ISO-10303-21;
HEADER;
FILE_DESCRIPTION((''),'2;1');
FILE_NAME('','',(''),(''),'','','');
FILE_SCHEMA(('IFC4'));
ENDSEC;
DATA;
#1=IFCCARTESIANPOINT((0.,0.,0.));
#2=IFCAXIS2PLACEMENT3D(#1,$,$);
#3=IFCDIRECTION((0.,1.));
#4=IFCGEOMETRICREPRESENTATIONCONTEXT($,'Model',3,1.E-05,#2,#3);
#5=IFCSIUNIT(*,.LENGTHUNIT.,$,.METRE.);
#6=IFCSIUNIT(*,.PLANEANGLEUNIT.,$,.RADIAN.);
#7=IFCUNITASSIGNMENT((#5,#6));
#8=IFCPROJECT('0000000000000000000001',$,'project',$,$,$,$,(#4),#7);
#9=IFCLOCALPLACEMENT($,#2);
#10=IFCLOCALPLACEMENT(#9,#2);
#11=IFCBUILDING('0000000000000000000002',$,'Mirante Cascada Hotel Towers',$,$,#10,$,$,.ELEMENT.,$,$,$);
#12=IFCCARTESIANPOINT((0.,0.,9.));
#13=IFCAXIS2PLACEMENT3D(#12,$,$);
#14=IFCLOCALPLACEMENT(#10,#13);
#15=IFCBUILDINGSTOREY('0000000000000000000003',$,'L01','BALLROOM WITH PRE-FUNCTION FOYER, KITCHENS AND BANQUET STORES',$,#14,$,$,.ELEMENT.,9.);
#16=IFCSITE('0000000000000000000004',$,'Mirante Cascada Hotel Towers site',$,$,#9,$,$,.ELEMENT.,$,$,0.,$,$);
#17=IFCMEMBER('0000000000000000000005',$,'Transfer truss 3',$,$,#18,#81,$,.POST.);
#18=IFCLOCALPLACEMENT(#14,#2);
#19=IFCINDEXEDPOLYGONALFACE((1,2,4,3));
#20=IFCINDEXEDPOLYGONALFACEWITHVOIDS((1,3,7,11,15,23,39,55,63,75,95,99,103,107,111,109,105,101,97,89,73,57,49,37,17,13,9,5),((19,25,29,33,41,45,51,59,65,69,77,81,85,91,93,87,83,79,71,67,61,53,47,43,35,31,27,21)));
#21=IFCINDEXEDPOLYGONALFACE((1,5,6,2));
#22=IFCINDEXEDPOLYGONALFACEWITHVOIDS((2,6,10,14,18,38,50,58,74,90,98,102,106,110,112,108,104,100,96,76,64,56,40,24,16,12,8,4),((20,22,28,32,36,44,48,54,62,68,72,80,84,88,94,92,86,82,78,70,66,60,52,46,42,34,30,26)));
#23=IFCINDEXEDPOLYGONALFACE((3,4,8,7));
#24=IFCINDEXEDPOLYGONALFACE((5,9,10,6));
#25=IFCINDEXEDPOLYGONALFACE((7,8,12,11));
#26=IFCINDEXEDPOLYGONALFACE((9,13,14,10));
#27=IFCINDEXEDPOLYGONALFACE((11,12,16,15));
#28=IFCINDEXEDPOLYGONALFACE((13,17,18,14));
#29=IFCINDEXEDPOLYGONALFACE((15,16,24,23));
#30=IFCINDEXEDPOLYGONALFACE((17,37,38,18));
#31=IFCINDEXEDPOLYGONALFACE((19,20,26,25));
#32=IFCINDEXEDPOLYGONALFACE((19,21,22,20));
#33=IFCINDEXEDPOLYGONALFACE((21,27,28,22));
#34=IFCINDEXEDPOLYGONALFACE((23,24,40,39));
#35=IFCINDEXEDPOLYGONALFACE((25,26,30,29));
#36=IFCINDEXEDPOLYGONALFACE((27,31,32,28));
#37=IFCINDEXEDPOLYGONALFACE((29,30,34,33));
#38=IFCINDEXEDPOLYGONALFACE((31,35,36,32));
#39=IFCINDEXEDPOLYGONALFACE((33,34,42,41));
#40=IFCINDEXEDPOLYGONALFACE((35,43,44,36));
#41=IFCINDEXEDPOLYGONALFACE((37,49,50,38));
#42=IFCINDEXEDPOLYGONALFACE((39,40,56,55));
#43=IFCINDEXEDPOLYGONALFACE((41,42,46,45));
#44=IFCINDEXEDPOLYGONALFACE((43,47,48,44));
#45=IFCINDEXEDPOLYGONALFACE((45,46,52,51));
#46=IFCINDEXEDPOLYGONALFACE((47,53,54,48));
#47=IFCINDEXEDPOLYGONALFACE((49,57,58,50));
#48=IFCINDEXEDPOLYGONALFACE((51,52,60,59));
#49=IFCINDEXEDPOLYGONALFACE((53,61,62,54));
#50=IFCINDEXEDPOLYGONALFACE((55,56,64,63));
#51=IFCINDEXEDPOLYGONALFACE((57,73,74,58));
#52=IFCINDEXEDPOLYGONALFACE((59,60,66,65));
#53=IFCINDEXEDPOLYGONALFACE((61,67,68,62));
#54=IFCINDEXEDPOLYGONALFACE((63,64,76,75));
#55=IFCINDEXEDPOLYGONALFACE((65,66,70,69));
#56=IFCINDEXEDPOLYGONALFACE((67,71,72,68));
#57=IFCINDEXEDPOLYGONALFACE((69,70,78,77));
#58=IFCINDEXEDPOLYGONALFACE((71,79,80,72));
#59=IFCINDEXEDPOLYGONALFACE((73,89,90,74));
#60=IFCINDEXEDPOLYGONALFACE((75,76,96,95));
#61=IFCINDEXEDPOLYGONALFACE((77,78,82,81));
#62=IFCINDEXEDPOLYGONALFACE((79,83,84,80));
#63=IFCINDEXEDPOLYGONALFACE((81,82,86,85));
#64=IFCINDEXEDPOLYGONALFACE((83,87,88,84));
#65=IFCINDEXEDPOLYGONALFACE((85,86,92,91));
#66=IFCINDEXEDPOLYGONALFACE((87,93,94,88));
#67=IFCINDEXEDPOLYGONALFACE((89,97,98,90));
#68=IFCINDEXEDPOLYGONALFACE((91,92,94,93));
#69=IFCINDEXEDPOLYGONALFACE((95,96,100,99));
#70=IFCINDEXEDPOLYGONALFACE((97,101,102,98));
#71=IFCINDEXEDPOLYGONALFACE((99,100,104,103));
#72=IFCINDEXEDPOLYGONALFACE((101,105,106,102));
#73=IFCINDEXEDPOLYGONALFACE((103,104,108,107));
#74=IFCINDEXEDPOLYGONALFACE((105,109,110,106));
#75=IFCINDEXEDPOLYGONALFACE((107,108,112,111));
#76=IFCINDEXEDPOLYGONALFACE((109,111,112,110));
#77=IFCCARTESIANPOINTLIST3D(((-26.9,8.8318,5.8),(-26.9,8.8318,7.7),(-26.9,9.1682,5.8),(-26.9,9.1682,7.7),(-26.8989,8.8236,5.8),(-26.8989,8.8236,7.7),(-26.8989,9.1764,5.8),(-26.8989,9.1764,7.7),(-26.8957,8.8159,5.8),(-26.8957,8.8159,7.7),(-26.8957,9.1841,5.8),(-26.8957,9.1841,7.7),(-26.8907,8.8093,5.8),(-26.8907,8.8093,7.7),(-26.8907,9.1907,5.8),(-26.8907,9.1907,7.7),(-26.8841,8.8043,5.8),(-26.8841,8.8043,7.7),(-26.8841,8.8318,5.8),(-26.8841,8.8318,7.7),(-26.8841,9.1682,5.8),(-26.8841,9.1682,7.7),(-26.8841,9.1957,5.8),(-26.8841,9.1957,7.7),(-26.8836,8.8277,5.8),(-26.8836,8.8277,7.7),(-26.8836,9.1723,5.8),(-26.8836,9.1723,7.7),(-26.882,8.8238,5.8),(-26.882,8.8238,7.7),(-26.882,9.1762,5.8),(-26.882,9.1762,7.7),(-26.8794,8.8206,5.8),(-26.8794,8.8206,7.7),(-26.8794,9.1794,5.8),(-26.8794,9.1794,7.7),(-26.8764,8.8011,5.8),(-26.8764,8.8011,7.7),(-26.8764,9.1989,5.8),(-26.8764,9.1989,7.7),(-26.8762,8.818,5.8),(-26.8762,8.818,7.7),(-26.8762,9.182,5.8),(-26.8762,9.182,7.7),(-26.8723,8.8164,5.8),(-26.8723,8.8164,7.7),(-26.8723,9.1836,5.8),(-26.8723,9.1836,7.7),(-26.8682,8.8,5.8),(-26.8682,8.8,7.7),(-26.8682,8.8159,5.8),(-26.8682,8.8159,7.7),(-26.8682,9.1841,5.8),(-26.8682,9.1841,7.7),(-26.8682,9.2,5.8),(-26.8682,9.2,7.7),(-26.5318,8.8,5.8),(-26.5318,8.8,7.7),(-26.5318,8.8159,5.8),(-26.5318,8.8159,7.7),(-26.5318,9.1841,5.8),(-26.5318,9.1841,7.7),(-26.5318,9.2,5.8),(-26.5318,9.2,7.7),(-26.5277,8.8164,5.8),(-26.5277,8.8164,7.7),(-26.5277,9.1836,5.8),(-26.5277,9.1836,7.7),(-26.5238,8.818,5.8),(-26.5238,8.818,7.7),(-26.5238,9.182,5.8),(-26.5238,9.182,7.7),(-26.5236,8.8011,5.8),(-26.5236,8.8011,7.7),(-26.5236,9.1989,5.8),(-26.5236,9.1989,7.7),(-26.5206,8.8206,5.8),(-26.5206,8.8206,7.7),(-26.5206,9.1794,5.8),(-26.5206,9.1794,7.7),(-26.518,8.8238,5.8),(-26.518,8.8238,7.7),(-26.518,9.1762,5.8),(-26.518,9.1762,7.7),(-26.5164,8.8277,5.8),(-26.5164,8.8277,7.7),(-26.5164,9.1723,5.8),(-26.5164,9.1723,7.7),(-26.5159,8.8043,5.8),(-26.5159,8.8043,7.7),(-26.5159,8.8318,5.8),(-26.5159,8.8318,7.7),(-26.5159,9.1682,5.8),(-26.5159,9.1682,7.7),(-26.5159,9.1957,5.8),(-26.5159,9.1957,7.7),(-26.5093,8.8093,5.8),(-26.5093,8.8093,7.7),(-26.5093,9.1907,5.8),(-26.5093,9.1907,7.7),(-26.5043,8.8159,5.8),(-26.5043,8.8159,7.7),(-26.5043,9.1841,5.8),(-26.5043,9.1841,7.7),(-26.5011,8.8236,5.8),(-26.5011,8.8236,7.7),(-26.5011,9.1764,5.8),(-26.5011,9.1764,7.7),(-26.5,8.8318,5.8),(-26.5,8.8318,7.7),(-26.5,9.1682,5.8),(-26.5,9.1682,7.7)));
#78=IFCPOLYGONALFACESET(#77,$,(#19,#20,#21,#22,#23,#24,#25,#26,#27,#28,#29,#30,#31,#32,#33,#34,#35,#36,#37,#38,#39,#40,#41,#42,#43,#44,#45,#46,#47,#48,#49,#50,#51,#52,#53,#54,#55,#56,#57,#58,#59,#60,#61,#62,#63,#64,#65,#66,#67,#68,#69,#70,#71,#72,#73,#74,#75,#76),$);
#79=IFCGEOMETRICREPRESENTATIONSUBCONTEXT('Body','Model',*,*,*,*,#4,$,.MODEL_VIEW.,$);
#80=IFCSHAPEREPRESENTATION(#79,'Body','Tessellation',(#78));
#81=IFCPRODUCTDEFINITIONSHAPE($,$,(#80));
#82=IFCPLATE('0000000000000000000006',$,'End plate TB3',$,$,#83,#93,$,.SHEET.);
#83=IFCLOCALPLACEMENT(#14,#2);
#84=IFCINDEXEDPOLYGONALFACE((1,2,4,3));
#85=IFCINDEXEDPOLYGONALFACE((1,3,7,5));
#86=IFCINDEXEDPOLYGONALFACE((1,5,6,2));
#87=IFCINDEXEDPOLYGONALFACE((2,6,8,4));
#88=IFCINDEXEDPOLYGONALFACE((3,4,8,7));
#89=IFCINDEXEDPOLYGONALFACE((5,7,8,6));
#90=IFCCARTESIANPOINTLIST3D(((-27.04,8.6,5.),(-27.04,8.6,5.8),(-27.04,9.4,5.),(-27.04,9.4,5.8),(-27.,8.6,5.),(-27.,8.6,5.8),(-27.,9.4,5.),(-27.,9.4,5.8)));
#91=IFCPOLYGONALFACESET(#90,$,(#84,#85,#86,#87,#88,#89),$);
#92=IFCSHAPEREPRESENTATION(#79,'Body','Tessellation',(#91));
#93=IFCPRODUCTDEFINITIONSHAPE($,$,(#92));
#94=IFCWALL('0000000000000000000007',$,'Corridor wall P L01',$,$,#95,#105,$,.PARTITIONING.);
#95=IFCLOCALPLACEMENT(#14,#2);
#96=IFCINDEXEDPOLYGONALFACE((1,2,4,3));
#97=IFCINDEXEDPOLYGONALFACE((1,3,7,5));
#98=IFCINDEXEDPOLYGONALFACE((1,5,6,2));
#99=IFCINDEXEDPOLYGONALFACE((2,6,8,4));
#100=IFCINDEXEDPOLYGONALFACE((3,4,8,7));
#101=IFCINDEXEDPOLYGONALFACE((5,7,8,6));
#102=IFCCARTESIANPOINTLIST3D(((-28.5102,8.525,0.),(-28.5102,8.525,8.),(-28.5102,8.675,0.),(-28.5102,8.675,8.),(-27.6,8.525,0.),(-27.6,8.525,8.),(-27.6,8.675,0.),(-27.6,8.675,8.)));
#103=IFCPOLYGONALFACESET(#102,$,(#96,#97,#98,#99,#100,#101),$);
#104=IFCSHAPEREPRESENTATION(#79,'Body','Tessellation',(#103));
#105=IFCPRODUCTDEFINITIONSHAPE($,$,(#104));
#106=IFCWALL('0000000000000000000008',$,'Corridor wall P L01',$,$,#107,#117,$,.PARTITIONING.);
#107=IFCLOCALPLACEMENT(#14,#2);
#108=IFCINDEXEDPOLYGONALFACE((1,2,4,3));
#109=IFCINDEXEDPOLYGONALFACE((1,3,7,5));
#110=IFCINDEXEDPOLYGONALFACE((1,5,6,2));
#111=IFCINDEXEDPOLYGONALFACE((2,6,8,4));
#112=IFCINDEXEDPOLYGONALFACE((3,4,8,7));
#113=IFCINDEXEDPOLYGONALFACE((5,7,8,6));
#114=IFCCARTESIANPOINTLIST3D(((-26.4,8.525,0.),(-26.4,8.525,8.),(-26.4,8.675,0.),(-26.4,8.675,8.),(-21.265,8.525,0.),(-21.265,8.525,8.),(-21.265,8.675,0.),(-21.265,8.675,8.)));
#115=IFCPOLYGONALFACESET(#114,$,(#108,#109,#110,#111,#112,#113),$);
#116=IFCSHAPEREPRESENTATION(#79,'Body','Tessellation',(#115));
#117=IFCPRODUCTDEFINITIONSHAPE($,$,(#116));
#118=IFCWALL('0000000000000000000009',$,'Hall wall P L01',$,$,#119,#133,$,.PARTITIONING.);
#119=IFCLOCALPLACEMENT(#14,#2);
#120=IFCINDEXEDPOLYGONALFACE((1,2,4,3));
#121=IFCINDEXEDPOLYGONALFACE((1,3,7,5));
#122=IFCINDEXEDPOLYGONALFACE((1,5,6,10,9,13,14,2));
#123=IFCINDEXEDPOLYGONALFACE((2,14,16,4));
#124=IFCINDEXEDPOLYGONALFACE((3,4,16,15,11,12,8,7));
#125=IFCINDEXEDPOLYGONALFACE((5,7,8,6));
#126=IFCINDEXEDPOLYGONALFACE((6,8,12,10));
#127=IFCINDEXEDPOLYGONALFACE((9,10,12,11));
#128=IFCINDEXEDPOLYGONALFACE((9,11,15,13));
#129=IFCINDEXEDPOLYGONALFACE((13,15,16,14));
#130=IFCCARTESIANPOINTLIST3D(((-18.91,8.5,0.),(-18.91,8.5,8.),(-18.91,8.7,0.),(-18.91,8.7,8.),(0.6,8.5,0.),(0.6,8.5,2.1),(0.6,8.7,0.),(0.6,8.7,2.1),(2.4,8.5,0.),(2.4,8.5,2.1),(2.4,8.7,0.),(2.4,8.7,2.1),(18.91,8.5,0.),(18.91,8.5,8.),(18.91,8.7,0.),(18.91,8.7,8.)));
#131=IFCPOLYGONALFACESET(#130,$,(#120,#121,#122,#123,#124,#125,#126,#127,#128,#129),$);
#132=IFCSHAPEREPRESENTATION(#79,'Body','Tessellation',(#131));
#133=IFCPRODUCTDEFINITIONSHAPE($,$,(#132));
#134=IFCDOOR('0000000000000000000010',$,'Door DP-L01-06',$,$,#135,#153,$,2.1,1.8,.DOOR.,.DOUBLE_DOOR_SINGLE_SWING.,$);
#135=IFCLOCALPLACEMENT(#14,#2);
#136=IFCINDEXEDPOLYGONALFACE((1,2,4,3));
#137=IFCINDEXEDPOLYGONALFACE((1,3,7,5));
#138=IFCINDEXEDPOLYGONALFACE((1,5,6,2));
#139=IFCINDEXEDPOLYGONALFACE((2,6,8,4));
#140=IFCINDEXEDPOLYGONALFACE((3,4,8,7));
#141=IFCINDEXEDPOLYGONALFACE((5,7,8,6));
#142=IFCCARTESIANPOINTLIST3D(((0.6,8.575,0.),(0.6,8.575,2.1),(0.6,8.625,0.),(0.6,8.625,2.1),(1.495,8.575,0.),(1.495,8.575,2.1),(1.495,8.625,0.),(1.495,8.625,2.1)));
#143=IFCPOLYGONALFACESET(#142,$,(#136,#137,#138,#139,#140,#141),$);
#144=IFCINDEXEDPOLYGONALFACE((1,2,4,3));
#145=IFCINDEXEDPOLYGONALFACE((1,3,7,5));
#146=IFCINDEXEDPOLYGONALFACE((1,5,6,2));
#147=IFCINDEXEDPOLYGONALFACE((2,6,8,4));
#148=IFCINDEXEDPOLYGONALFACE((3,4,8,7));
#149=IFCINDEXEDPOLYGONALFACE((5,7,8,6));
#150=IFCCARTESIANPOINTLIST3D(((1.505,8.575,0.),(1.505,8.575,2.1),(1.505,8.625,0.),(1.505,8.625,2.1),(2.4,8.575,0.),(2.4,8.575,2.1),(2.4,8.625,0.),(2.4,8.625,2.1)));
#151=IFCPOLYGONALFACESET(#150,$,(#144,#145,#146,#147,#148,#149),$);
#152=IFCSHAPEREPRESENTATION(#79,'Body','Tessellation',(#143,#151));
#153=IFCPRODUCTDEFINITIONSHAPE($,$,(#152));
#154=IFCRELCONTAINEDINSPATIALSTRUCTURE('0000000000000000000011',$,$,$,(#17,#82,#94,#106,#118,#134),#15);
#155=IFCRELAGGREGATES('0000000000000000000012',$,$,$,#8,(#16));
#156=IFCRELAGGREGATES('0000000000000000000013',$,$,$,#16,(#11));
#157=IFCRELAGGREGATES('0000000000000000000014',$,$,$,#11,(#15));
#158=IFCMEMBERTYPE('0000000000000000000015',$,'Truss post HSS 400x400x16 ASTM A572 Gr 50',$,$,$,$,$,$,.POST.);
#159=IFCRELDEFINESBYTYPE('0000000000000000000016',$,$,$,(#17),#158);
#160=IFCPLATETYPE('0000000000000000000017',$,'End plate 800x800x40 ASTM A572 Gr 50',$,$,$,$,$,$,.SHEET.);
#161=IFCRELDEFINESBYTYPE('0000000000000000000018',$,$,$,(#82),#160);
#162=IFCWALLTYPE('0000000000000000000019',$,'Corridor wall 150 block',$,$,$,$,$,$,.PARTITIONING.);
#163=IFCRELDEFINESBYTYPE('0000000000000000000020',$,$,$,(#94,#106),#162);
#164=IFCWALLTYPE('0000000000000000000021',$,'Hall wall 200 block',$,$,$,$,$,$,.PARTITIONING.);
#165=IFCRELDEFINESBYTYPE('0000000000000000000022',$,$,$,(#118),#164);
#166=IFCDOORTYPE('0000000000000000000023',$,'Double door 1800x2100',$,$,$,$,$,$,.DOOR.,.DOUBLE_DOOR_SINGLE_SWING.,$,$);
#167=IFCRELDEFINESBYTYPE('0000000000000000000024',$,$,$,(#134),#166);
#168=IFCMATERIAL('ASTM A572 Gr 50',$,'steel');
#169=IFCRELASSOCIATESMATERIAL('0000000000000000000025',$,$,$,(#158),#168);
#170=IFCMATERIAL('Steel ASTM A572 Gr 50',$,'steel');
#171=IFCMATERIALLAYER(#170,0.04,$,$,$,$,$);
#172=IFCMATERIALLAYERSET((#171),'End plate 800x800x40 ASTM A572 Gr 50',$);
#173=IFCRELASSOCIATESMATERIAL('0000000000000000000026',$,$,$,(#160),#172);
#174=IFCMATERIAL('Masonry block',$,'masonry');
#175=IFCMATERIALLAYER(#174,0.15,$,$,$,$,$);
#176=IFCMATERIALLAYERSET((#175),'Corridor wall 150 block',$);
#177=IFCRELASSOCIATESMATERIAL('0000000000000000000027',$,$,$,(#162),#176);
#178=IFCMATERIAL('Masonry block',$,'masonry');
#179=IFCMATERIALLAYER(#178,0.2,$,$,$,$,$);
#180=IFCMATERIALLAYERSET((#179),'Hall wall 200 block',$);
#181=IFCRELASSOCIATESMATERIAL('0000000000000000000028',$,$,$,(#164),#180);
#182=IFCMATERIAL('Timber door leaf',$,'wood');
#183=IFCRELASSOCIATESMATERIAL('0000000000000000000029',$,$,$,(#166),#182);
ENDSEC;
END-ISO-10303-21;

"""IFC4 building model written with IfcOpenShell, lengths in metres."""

from ifc_helpers import new_model, si_unit, direction, frame, frame_2d, origin, origin_2d, place, context, subcontext, project, spatial, rectangle, hollow_rectangle, extrude, material, layer, layer_set, material_profile, profile_set, type_object, element, fill, save


model = new_model("IFC4")

# Units and contexts
model_context = context("Model", 3, precision=1e-05, world=origin(), true_north=direction((0.0, 1.0)))
body_context = subcontext(model_context, "Body", "Model", "MODEL_VIEW")
ifc_project = project(units=[si_unit("LENGTHUNIT", "METRE"), si_unit("PLANEANGLEUNIT", "RADIAN")], contexts=[model_context])

# Site, building, storey
site_placement = place(None, origin())
site = spatial("IfcSite", under=ifc_project, at=site_placement, Name="Mirante Cascada Hotel Towers site", CompositionType="ELEMENT", RefElevation=0.0)
building_placement = place(site_placement, origin())
building = spatial("IfcBuilding", under=site, at=building_placement, Name="Mirante Cascada Hotel Towers", CompositionType="ELEMENT")
storey_placement = place(building_placement, frame((0.0, 0.0, 9.0)))
storey = spatial("IfcBuildingStorey", under=building, at=storey_placement, Name="L01", Description="BALLROOM WITH PRE-FUNCTION FOYER, KITCHENS AND BANQUET STORES", CompositionType="ELEMENT", Elevation=9.0)

# Member
ifc_material_1 = material(Name="ASTM A572 Gr 50", Category="steel")
ifc_material_profile_1 = material_profile(ifc_material_1, hollow_rectangle(XDim=0.4, YDim=0.4, WallThickness=0.0159, InnerFilletRadius=0.0159, OuterFilletRadius=0.0318, at=origin_2d()), Name="HSS 400x400x16")
ifc_profile_set_1 = profile_set([ifc_material_profile_1], Name="ASTM A572 Gr 50")
member_type_1 = type_object("IfcMemberType", Name="Truss post HSS 400x400x16 ASTM A572 Gr 50", PredefinedType="POST", material=ifc_profile_set_1)
member_1_placement = place(storey_placement, frame((-26.7, 9.0, 5.8), z_axis=(0.0, 0.0, 1.0), x_axis=(1.0, 0.0, 0.0)))
element("IfcMember", 1, at=member_1_placement, inside=storey, type_object=member_type_1, Name="Transfer truss 3", PredefinedType="POST", context=body_context, shape_type="SweptSolid", body=[
    extrude(hollow_rectangle(XDim=0.4, YDim=0.4, WallThickness=0.0159, InnerFilletRadius=0.0159, OuterFilletRadius=0.0318, at=origin_2d()), origin(), (0.0, 0.0, 1.0), 1.9),
])

# Plate
ifc_material_2 = material(Name="Steel ASTM A572 Gr 50", Category="steel")
ifc_layer_1 = layer(ifc_material_2, 0.04)
ifc_layer_set_1 = layer_set([ifc_layer_1], Name="End plate 800x800x40 ASTM A572 Gr 50")
plate_type = type_object("IfcPlateType", Name="End plate 800x800x40 ASTM A572 Gr 50", PredefinedType="SHEET", material=ifc_layer_set_1)
plate_placement = place(storey_placement, frame((-27.02, 9.0, 5.0), z_axis=(0.0, 0.0, 1.0), x_axis=(1.0, 0.0, 0.0)))
element("IfcPlate", 2, at=plate_placement, inside=storey, type_object=plate_type, Name="End plate TB3", PredefinedType="SHEET", context=body_context, shape_type="SweptSolid", body=[
    extrude(rectangle(XDim=0.04, YDim=0.8, at=origin_2d()), origin(), (0.0, 0.0, 1.0), 0.8),
])

# Walls
ifc_material_3 = material(Name="Masonry block", Category="masonry")
ifc_layer_2 = layer(ifc_material_3, 0.15)
ifc_layer_set_2 = layer_set([ifc_layer_2], Name="Corridor wall 150 block")
wall_type_1 = type_object("IfcWallType", Name="Corridor wall 150 block", PredefinedType="PARTITIONING", material=ifc_layer_set_2)
wall_1_placement = place(storey_placement, frame((-28.5103, 8.6, 0.0), z_axis=(0.0, 0.0, 1.0), x_axis=(1.0, 0.0, 0.0)))
element("IfcWall", 3, at=wall_1_placement, inside=storey, type_object=wall_type_1, Name="Corridor wall P L01", PredefinedType="PARTITIONING", context=body_context, shape_type="SweptSolid", body=[
    extrude(rectangle(XDim=0.9103, YDim=0.15, at=frame_2d((0.4552, 0.0))), origin(), (0.0, 0.0, 1.0), 8.0),
])
wall_2_placement = place(storey_placement, frame((-26.4, 8.6, 0.0), z_axis=(0.0, 0.0, 1.0), x_axis=(1.0, 0.0, 0.0)))
element("IfcWall", 4, at=wall_2_placement, inside=storey, type_object=wall_type_1, Name="Corridor wall P L01", PredefinedType="PARTITIONING", context=body_context, shape_type="SweptSolid", body=[
    extrude(rectangle(XDim=5.135, YDim=0.15, at=frame_2d((2.5675, 0.0))), origin(), (0.0, 0.0, 1.0), 8.0),
])

# Wall, opening, door
ifc_material_4 = material(Name="Masonry block", Category="masonry")
ifc_layer_3 = layer(ifc_material_4, 0.2)
ifc_layer_set_3 = layer_set([ifc_layer_3], Name="Hall wall 200 block")
wall_type_2 = type_object("IfcWallType", Name="Hall wall 200 block", PredefinedType="PARTITIONING", material=ifc_layer_set_3)
wall_3_placement = place(storey_placement, frame((-18.91, 8.6, 0.0), z_axis=(0.0, 0.0, 1.0), x_axis=(1.0, 0.0, 0.0)))
wall_3 = element("IfcWall", 5, at=wall_3_placement, inside=storey, type_object=wall_type_2, Name="Hall wall P L01", PredefinedType="PARTITIONING", context=body_context, shape_type="SweptSolid", body=[
    extrude(rectangle(XDim=37.82, YDim=0.2, at=frame_2d((18.91, 0.0))), origin(), (0.0, 0.0, 1.0), 8.0),
])
opening_placement = place(wall_3_placement, frame((19.51, 0.0, 0.0)))
opening = element("IfcOpeningElement", 6, at=opening_placement, cuts=wall_3, PredefinedType="OPENING", context=body_context, shape_type="SweptSolid", body=[
    extrude(rectangle(XDim=1.8, YDim=2.1, at=frame_2d((0.9, 1.05))), frame((0.0, 0.1, 0.0), z_axis=(0.0, -1.0, 0.0), x_axis=(1.0, 0.0, 0.0)), (0.0, 0.0, 1.0), 0.2),
])
ifc_material_5 = material(Name="Timber door leaf", Category="wood")
door_type = type_object("IfcDoorType", Name="Double door 1800x2100", OperationType="DOUBLE_DOOR_SINGLE_SWING", PredefinedType="DOOR", material=ifc_material_5)
door_placement = place(opening_placement, origin())
door = element("IfcDoor", 7, at=door_placement, inside=storey, type_object=door_type, Name="Door DP-L01-06", OperationType="DOUBLE_DOOR_SINGLE_SWING", OverallHeight=2.1, OverallWidth=1.8, PredefinedType="DOOR", context=body_context, shape_type="SweptSolid", body=[
    extrude(rectangle(XDim=0.895, YDim=2.1, at=frame_2d((0.4475, 1.05))), frame((0.0, 0.025, 0.0), z_axis=(0.0, -1.0, 0.0), x_axis=(1.0, 0.0, 0.0)), (0.0, 0.0, 1.0), 0.05),
    extrude(rectangle(XDim=0.895, YDim=2.1, at=frame_2d((1.3525, 1.05))), frame((0.0, 0.025, 0.0), z_axis=(0.0, -1.0, 0.0), x_axis=(1.0, 0.0, 0.0)), (0.0, 0.0, 1.0), 0.05),
])
fill(opening, door)

save(model, "model.ifc")
